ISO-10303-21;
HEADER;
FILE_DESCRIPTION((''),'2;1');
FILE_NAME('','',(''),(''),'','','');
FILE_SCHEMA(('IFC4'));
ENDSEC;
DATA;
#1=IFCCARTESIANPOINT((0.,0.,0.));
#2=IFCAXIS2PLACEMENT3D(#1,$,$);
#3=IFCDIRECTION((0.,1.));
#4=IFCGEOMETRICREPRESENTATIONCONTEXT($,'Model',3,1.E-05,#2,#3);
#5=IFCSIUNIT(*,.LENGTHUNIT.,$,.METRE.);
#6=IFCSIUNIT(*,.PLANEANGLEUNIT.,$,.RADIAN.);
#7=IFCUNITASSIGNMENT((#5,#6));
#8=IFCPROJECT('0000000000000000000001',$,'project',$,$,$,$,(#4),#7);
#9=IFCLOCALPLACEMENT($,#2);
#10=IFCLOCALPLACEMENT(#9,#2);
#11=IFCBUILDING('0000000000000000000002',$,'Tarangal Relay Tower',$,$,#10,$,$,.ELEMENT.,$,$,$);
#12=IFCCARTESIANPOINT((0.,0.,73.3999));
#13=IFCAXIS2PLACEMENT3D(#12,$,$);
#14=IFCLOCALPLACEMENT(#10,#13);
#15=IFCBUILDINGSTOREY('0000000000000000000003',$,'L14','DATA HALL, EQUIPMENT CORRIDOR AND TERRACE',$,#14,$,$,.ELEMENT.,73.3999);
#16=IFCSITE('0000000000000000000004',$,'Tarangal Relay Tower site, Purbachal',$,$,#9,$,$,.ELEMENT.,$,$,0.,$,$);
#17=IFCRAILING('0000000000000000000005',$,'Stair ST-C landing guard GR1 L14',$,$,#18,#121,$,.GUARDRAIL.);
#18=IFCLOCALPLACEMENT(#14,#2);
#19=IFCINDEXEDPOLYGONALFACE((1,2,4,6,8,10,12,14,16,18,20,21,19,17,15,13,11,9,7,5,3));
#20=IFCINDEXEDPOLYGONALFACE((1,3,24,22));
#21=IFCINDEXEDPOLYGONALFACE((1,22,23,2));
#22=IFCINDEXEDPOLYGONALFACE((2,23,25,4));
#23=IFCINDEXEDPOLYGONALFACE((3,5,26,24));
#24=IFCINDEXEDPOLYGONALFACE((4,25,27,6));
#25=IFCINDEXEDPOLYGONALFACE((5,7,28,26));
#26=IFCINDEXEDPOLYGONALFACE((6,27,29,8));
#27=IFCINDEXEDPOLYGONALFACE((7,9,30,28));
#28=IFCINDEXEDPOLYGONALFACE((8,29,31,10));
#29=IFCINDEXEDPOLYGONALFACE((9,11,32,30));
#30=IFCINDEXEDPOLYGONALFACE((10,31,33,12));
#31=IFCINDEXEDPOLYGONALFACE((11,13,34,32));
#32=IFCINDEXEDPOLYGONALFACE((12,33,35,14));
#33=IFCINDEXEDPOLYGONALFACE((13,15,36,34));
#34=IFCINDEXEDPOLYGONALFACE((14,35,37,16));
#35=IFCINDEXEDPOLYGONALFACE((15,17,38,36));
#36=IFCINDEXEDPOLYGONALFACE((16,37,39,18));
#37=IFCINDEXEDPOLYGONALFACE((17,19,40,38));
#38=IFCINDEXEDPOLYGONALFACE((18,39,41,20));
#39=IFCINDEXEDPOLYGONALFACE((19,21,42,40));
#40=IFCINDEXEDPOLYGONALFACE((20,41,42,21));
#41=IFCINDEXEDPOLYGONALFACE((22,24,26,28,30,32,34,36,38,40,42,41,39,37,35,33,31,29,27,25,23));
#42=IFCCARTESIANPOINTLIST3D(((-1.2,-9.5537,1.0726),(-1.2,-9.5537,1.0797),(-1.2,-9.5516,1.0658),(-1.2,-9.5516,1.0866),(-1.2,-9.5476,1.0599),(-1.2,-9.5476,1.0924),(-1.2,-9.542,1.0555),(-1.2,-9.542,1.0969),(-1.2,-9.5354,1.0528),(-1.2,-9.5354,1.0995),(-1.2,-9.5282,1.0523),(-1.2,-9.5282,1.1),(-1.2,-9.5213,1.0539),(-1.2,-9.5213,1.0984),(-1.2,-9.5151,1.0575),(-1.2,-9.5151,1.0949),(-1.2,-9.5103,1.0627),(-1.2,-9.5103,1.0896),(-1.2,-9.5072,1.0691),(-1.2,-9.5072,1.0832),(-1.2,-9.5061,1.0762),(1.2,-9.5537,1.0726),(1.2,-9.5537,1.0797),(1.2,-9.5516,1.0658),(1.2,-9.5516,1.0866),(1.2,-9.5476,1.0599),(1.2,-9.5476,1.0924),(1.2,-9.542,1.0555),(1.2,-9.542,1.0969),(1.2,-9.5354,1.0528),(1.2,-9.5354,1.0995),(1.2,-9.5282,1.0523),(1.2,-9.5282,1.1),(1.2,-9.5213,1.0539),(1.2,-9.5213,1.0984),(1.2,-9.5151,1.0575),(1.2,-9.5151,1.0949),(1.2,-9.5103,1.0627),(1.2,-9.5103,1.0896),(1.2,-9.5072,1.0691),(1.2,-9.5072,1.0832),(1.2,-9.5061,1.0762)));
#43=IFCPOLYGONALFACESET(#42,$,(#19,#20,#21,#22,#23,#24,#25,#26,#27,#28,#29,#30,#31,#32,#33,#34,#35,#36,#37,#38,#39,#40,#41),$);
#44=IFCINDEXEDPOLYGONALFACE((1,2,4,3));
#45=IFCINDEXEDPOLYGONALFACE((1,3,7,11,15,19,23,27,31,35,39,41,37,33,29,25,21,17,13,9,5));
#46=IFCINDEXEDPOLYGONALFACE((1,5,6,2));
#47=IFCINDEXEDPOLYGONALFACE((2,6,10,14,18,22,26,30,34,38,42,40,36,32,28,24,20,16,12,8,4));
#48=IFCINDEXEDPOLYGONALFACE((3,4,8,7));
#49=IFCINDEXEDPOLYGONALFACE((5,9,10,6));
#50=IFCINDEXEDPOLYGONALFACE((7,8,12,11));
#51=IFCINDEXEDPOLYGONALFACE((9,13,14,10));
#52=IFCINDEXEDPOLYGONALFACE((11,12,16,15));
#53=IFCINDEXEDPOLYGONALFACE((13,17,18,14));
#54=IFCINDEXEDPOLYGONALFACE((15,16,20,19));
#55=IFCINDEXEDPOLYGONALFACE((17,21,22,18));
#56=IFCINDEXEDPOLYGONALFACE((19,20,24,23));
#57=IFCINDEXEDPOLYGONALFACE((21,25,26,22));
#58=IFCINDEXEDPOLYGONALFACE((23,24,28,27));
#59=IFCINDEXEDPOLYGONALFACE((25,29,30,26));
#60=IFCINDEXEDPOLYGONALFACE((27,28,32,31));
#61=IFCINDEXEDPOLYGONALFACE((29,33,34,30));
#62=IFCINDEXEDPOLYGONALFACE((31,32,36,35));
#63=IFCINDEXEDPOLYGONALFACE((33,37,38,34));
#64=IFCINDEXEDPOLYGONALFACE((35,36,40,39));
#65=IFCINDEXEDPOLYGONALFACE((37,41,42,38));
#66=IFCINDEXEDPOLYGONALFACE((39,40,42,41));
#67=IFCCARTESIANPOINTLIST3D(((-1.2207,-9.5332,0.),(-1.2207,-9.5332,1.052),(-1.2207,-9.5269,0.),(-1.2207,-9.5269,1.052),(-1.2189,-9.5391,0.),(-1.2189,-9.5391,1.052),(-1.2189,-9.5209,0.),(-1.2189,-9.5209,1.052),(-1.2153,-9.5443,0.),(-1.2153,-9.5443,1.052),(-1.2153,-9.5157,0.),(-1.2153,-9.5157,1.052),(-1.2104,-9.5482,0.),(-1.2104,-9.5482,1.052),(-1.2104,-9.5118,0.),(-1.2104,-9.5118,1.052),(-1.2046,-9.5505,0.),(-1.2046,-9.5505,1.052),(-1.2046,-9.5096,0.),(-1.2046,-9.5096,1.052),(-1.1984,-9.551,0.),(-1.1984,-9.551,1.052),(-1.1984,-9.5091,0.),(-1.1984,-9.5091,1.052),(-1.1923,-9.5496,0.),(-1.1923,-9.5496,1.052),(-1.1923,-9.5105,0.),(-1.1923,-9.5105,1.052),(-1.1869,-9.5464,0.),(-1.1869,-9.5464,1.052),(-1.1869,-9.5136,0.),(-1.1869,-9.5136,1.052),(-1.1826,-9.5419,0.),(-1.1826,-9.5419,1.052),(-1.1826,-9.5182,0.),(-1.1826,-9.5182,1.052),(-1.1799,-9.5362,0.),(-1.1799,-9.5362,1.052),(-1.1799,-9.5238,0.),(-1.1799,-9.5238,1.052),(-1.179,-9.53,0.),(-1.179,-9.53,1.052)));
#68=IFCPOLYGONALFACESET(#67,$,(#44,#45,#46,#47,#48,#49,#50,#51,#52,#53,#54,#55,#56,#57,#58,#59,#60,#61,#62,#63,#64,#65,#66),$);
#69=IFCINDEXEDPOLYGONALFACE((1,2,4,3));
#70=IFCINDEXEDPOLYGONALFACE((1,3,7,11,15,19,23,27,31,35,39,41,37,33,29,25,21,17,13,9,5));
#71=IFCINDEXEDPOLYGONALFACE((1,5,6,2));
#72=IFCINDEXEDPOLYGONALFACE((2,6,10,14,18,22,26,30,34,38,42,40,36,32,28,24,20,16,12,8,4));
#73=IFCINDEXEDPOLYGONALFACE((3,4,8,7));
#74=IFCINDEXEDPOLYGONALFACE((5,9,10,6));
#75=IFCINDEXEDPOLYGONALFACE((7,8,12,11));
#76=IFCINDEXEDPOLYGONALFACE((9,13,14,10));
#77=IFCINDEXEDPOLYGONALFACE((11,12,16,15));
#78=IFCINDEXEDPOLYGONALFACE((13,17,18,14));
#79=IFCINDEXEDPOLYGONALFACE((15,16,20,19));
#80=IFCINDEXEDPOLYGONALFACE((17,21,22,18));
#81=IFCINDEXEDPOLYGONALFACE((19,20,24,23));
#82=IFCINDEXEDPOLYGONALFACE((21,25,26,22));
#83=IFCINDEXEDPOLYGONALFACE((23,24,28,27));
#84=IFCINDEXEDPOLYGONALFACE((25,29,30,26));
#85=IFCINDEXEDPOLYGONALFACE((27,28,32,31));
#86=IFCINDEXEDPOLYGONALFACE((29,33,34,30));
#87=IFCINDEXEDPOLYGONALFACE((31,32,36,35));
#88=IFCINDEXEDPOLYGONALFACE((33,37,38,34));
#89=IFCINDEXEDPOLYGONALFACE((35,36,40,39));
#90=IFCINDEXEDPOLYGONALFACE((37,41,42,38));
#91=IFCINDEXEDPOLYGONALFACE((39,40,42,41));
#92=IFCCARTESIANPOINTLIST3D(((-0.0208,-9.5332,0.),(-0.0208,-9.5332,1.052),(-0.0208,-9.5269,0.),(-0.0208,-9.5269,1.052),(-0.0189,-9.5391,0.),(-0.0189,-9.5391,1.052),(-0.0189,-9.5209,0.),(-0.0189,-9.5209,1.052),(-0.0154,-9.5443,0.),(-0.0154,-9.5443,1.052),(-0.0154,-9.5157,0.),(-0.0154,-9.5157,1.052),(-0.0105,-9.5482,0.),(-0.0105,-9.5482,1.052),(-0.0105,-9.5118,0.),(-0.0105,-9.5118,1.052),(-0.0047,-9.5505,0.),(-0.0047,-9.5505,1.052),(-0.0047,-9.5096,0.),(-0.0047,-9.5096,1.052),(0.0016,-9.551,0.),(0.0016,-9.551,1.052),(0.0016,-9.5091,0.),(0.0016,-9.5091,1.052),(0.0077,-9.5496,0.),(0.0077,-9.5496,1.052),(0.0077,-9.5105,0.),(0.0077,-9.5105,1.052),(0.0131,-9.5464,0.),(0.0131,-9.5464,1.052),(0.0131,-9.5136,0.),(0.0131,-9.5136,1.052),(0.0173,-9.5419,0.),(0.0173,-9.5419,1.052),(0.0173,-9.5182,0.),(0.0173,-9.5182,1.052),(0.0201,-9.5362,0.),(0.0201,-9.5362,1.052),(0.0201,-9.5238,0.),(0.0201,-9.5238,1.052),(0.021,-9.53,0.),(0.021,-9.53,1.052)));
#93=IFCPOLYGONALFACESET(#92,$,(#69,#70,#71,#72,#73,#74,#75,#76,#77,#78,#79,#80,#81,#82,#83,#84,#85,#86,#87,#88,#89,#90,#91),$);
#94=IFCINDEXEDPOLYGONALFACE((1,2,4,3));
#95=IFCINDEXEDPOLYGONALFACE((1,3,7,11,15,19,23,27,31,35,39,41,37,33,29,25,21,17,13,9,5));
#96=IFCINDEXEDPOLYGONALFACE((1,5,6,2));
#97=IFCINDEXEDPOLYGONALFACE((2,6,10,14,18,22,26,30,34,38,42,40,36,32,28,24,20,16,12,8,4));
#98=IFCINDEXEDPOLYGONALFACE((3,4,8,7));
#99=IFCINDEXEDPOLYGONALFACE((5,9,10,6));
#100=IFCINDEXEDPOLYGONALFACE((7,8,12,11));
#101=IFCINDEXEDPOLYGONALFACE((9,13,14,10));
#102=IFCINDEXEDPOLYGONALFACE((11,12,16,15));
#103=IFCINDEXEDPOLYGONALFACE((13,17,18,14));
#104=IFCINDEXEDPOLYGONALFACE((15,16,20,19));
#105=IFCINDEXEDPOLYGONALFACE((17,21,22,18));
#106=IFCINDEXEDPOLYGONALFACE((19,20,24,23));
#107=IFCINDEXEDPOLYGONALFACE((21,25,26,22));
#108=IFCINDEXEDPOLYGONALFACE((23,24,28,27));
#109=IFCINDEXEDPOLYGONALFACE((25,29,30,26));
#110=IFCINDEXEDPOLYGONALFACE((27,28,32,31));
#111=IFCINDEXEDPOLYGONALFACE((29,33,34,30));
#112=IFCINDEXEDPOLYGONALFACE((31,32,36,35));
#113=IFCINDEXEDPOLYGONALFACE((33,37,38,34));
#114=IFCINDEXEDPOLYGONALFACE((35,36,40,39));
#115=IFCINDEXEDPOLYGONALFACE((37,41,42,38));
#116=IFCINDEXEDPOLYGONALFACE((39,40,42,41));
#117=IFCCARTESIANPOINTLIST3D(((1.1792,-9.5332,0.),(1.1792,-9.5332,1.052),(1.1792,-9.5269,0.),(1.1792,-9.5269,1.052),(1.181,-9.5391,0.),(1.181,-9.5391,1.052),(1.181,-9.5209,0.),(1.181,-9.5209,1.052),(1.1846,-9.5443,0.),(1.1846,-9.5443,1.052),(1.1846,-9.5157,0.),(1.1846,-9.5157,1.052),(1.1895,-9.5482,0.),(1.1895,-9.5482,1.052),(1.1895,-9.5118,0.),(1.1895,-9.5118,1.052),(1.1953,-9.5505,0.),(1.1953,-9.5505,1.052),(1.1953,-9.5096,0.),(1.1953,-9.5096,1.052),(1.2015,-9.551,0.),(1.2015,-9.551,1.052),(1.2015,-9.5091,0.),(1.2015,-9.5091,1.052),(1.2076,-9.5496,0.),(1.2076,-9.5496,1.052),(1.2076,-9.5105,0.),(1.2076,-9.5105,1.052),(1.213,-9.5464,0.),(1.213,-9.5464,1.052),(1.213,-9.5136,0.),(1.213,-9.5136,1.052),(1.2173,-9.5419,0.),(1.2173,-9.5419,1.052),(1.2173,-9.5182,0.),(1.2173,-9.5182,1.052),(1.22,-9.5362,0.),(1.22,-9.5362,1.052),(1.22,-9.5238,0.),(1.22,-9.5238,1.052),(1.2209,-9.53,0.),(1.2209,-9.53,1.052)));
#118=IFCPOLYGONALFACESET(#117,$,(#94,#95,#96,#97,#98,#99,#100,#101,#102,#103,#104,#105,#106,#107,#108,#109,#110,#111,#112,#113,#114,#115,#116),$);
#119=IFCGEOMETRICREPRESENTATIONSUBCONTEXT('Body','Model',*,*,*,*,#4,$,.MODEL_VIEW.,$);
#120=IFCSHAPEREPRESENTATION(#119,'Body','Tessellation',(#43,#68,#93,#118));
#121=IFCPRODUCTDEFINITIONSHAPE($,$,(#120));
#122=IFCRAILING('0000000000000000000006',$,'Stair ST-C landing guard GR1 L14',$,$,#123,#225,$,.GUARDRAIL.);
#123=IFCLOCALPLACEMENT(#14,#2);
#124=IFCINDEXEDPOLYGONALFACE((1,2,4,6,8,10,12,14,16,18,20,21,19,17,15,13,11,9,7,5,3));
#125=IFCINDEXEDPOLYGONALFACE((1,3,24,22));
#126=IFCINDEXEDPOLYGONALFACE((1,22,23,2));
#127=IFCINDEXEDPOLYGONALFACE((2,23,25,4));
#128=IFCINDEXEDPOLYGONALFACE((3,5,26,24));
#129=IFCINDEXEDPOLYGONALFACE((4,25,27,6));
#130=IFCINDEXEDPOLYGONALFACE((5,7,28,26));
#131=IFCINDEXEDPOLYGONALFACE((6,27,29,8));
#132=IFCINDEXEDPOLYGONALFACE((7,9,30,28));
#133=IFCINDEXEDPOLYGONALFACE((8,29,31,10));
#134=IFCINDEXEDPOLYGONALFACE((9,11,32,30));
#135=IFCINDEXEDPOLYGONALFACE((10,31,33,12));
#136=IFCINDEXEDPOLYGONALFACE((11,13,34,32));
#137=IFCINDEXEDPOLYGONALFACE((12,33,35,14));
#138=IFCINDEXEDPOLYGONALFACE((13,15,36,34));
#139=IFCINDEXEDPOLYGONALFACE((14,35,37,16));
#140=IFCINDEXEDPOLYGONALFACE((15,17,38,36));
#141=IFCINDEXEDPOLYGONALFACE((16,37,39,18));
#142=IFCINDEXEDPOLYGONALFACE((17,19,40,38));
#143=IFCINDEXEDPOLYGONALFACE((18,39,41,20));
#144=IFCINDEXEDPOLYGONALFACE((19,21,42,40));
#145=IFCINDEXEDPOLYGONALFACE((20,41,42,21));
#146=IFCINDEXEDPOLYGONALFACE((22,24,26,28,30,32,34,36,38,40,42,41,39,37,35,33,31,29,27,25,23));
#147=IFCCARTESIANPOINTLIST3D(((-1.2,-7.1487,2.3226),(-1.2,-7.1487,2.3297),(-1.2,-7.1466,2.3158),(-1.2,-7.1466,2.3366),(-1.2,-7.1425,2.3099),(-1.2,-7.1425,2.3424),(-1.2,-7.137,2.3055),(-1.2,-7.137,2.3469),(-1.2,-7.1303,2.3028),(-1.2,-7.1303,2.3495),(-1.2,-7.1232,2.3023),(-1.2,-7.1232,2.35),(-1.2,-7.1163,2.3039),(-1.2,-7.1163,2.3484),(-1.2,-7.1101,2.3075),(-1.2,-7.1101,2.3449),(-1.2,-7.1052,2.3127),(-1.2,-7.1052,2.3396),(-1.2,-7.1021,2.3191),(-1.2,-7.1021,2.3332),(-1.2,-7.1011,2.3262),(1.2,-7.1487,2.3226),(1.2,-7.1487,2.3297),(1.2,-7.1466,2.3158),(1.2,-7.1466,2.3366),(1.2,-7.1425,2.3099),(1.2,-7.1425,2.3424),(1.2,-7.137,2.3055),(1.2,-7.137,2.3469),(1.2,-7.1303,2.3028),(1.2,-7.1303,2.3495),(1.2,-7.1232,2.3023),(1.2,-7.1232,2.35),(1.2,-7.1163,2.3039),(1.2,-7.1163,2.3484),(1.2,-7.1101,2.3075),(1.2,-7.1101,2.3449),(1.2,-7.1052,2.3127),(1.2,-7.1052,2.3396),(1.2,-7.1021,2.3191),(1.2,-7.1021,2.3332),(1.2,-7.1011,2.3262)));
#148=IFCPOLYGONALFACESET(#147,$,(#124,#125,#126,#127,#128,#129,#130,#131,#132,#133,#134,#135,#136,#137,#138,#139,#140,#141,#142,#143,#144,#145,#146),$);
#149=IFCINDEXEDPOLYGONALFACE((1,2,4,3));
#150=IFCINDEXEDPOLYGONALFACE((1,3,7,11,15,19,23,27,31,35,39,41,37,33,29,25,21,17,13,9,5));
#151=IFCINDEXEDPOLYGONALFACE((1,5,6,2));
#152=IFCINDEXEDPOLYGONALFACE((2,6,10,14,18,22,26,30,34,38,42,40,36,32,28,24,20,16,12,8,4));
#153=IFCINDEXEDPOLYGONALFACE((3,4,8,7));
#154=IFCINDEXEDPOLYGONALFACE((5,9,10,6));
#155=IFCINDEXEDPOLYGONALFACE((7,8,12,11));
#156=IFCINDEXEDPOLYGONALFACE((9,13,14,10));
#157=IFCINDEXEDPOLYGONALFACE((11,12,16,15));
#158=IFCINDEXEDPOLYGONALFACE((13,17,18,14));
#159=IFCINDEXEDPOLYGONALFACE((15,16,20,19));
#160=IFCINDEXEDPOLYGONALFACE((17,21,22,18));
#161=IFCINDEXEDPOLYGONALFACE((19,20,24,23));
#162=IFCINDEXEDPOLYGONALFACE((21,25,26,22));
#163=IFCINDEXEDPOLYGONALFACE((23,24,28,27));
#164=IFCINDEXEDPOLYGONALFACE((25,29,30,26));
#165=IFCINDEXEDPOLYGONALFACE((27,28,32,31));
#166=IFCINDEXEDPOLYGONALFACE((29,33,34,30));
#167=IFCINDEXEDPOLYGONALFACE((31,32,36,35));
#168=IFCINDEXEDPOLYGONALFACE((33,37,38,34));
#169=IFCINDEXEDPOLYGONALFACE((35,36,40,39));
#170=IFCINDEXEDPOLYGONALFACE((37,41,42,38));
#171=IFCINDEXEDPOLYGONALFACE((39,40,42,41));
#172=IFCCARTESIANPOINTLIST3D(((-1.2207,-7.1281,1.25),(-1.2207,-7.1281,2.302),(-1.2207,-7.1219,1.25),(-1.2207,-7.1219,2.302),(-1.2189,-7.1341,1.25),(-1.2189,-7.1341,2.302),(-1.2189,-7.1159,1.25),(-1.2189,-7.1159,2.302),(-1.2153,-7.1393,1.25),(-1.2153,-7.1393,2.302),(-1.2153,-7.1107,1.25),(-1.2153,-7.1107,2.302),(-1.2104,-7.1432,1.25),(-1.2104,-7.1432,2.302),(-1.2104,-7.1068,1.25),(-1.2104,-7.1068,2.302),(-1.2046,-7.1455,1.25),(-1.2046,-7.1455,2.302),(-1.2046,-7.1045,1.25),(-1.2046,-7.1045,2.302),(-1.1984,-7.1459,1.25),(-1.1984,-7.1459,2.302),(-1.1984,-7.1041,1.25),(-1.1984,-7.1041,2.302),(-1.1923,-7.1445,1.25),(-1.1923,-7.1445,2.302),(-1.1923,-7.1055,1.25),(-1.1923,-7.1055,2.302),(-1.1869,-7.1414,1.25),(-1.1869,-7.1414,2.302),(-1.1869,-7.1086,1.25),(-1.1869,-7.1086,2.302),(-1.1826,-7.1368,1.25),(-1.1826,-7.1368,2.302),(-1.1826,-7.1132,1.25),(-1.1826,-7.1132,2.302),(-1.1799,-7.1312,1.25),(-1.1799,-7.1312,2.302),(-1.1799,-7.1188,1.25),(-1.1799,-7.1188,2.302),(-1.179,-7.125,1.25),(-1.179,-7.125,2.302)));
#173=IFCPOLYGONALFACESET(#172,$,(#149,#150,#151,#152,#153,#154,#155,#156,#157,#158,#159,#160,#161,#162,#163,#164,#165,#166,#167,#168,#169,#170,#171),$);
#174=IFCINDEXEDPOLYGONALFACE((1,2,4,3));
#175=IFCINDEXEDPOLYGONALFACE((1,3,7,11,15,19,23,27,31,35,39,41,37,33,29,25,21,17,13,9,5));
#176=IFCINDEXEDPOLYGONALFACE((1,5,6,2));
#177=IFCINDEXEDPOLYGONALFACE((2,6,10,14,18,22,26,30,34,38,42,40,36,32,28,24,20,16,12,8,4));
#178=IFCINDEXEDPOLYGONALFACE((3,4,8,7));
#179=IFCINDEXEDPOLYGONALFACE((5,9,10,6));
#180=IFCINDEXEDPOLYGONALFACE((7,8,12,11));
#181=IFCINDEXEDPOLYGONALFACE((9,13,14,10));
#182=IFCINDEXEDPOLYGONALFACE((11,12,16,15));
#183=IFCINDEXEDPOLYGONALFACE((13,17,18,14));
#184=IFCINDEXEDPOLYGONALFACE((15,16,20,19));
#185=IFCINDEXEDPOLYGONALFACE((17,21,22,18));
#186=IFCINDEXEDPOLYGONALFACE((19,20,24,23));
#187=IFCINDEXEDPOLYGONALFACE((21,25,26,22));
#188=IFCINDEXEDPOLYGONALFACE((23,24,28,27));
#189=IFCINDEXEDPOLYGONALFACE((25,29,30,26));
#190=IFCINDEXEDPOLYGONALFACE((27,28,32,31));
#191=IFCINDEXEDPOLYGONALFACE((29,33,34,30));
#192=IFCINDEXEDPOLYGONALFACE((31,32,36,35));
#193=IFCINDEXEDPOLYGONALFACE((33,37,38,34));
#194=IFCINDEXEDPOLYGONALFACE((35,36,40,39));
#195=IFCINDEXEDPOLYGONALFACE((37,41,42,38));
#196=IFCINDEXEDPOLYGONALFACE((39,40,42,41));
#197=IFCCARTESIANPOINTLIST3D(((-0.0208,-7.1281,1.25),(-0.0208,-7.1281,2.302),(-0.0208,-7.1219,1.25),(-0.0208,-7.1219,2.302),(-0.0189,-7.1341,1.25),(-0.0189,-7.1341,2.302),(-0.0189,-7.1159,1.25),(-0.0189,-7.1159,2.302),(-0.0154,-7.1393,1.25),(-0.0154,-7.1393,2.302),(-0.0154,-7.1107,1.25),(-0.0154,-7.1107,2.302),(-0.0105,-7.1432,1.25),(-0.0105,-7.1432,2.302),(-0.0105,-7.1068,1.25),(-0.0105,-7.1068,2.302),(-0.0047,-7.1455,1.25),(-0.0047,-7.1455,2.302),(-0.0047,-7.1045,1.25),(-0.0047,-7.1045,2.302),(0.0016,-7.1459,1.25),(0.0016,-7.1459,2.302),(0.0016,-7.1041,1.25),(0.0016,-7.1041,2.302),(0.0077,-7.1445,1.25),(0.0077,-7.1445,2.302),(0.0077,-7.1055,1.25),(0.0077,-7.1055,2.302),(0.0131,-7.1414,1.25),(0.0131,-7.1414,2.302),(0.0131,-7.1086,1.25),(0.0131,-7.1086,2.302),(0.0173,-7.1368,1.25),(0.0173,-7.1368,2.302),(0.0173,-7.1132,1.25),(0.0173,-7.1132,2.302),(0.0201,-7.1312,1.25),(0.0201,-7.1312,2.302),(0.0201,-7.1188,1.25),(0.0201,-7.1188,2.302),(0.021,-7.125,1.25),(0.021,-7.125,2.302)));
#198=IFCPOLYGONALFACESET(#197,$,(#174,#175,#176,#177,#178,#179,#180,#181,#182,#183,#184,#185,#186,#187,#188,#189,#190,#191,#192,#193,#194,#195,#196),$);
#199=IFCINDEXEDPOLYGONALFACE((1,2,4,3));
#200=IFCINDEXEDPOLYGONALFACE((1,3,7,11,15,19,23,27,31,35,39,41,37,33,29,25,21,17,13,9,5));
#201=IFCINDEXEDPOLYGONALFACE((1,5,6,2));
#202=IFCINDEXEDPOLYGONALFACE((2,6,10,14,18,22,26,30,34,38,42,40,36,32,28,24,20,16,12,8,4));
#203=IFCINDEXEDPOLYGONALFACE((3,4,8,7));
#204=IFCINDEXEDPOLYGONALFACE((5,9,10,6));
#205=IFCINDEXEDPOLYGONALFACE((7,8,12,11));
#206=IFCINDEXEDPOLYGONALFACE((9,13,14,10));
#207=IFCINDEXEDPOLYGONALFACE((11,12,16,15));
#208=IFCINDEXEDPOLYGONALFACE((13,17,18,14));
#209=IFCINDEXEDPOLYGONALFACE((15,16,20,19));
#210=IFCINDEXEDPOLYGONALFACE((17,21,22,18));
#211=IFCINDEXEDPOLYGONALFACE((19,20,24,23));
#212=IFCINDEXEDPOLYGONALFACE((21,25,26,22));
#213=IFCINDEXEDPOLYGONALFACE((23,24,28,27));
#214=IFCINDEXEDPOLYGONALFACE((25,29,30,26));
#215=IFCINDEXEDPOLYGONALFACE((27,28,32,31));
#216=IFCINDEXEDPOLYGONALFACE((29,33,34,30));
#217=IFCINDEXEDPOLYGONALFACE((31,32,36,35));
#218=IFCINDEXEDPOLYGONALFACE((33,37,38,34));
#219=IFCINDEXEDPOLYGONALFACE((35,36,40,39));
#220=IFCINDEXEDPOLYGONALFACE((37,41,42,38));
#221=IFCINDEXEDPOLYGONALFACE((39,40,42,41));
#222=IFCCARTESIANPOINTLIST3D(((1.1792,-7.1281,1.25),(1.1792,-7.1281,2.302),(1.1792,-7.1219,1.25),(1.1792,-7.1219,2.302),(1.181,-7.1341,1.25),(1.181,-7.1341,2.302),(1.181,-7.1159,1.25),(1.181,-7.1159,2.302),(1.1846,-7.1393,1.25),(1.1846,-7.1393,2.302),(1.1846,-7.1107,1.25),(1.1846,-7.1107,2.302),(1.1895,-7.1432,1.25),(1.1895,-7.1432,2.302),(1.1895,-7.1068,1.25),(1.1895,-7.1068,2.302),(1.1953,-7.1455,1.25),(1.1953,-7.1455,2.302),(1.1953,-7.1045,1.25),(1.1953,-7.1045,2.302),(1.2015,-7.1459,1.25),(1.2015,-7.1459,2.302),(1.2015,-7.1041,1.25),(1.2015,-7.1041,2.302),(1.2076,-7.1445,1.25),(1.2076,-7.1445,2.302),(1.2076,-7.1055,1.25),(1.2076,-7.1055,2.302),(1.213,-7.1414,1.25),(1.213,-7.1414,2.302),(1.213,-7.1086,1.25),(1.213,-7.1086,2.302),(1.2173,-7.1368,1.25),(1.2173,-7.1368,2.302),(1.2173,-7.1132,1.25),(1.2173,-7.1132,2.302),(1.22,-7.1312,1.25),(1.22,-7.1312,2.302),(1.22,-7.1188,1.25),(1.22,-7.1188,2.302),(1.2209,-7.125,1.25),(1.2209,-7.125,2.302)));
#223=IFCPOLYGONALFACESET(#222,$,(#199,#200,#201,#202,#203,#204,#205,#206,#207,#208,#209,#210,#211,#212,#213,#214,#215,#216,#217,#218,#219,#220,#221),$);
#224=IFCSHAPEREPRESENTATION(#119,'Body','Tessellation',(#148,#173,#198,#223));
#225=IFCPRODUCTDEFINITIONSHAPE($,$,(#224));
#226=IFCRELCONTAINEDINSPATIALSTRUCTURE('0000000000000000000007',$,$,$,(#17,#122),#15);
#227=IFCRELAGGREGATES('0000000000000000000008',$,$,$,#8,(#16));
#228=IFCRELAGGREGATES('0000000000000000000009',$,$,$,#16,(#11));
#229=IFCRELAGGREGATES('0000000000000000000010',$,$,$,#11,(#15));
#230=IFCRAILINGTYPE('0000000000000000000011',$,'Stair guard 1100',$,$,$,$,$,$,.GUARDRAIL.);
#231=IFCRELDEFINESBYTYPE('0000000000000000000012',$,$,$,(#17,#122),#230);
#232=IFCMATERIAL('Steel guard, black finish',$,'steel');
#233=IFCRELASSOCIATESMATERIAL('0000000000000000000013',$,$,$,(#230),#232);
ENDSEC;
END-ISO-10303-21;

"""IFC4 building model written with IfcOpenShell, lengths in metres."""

from ifc_helpers import new_model, si_unit, direction, frame, origin, origin_2d, place, context, subcontext, project, spatial, circle, extrude, material, type_object, element, save


model = new_model("IFC4")

# Units and contexts
model_context = context("Model", 3, precision=1e-05, world=origin(), true_north=direction((0.0, 1.0)))
body_context = subcontext(model_context, "Body", "Model", "MODEL_VIEW")
ifc_project = project(units=[si_unit("LENGTHUNIT", "METRE"), si_unit("PLANEANGLEUNIT", "RADIAN")], contexts=[model_context])

# Site, building, storey
site_placement = place(None, origin())
site = spatial("IfcSite", under=ifc_project, at=site_placement, Name="Tarangal Relay Tower site, Purbachal", CompositionType="ELEMENT", RefElevation=0.0)
building_placement = place(site_placement, origin())
building = spatial("IfcBuilding", under=site, at=building_placement, Name="Tarangal Relay Tower", CompositionType="ELEMENT")
storey_placement = place(building_placement, frame((0.0, 0.0, 73.3999)))
storey = spatial("IfcBuildingStorey", under=building, at=storey_placement, Name="L14", Description="DATA HALL, EQUIPMENT CORRIDOR AND TERRACE", CompositionType="ELEMENT", Elevation=73.3999)

# Railings
ifc_material_1 = material(Name="Steel guard, black finish", Category="steel")
railing_type_1 = type_object("IfcRailingType", Name="Stair guard 1100", PredefinedType="GUARDRAIL", material=ifc_material_1)
for number, where, name in (
    (1, (-1.2, -9.53, 0.0), "Stair ST-C landing guard GR1 L14"),
    (2, (-1.2, -7.125, 1.25), "Stair ST-C landing guard GR1 L14"),
):
    element("IfcRailing", number, at=place(storey_placement, frame(where)), inside=storey, type_object=railing_type_1, Name=name, PredefinedType="GUARDRAIL", context=body_context, shape_type="SweptSolid", body=[
        extrude(circle(Radius=0.0239, at=origin_2d()), frame((0.0, 0.0, 1.0762), z_axis=(1.0, 0.0, 0.0), x_axis=(0.0, 1.0, 0.0)), (0.0, 0.0, 1.0), 2.3999),
        extrude(circle(Radius=0.021, at=origin_2d()), origin(), (0.0, 0.0, 1.0), 1.052),
        extrude(circle(Radius=0.021, at=origin_2d()), frame((1.2, 0.0, 0.0)), (0.0, 0.0, 1.0), 1.052),
        extrude(circle(Radius=0.021, at=origin_2d()), frame((2.3999, 0.0, 0.0)), (0.0, 0.0, 1.0), 1.052),
    ])

save(model, "model.ifc")
